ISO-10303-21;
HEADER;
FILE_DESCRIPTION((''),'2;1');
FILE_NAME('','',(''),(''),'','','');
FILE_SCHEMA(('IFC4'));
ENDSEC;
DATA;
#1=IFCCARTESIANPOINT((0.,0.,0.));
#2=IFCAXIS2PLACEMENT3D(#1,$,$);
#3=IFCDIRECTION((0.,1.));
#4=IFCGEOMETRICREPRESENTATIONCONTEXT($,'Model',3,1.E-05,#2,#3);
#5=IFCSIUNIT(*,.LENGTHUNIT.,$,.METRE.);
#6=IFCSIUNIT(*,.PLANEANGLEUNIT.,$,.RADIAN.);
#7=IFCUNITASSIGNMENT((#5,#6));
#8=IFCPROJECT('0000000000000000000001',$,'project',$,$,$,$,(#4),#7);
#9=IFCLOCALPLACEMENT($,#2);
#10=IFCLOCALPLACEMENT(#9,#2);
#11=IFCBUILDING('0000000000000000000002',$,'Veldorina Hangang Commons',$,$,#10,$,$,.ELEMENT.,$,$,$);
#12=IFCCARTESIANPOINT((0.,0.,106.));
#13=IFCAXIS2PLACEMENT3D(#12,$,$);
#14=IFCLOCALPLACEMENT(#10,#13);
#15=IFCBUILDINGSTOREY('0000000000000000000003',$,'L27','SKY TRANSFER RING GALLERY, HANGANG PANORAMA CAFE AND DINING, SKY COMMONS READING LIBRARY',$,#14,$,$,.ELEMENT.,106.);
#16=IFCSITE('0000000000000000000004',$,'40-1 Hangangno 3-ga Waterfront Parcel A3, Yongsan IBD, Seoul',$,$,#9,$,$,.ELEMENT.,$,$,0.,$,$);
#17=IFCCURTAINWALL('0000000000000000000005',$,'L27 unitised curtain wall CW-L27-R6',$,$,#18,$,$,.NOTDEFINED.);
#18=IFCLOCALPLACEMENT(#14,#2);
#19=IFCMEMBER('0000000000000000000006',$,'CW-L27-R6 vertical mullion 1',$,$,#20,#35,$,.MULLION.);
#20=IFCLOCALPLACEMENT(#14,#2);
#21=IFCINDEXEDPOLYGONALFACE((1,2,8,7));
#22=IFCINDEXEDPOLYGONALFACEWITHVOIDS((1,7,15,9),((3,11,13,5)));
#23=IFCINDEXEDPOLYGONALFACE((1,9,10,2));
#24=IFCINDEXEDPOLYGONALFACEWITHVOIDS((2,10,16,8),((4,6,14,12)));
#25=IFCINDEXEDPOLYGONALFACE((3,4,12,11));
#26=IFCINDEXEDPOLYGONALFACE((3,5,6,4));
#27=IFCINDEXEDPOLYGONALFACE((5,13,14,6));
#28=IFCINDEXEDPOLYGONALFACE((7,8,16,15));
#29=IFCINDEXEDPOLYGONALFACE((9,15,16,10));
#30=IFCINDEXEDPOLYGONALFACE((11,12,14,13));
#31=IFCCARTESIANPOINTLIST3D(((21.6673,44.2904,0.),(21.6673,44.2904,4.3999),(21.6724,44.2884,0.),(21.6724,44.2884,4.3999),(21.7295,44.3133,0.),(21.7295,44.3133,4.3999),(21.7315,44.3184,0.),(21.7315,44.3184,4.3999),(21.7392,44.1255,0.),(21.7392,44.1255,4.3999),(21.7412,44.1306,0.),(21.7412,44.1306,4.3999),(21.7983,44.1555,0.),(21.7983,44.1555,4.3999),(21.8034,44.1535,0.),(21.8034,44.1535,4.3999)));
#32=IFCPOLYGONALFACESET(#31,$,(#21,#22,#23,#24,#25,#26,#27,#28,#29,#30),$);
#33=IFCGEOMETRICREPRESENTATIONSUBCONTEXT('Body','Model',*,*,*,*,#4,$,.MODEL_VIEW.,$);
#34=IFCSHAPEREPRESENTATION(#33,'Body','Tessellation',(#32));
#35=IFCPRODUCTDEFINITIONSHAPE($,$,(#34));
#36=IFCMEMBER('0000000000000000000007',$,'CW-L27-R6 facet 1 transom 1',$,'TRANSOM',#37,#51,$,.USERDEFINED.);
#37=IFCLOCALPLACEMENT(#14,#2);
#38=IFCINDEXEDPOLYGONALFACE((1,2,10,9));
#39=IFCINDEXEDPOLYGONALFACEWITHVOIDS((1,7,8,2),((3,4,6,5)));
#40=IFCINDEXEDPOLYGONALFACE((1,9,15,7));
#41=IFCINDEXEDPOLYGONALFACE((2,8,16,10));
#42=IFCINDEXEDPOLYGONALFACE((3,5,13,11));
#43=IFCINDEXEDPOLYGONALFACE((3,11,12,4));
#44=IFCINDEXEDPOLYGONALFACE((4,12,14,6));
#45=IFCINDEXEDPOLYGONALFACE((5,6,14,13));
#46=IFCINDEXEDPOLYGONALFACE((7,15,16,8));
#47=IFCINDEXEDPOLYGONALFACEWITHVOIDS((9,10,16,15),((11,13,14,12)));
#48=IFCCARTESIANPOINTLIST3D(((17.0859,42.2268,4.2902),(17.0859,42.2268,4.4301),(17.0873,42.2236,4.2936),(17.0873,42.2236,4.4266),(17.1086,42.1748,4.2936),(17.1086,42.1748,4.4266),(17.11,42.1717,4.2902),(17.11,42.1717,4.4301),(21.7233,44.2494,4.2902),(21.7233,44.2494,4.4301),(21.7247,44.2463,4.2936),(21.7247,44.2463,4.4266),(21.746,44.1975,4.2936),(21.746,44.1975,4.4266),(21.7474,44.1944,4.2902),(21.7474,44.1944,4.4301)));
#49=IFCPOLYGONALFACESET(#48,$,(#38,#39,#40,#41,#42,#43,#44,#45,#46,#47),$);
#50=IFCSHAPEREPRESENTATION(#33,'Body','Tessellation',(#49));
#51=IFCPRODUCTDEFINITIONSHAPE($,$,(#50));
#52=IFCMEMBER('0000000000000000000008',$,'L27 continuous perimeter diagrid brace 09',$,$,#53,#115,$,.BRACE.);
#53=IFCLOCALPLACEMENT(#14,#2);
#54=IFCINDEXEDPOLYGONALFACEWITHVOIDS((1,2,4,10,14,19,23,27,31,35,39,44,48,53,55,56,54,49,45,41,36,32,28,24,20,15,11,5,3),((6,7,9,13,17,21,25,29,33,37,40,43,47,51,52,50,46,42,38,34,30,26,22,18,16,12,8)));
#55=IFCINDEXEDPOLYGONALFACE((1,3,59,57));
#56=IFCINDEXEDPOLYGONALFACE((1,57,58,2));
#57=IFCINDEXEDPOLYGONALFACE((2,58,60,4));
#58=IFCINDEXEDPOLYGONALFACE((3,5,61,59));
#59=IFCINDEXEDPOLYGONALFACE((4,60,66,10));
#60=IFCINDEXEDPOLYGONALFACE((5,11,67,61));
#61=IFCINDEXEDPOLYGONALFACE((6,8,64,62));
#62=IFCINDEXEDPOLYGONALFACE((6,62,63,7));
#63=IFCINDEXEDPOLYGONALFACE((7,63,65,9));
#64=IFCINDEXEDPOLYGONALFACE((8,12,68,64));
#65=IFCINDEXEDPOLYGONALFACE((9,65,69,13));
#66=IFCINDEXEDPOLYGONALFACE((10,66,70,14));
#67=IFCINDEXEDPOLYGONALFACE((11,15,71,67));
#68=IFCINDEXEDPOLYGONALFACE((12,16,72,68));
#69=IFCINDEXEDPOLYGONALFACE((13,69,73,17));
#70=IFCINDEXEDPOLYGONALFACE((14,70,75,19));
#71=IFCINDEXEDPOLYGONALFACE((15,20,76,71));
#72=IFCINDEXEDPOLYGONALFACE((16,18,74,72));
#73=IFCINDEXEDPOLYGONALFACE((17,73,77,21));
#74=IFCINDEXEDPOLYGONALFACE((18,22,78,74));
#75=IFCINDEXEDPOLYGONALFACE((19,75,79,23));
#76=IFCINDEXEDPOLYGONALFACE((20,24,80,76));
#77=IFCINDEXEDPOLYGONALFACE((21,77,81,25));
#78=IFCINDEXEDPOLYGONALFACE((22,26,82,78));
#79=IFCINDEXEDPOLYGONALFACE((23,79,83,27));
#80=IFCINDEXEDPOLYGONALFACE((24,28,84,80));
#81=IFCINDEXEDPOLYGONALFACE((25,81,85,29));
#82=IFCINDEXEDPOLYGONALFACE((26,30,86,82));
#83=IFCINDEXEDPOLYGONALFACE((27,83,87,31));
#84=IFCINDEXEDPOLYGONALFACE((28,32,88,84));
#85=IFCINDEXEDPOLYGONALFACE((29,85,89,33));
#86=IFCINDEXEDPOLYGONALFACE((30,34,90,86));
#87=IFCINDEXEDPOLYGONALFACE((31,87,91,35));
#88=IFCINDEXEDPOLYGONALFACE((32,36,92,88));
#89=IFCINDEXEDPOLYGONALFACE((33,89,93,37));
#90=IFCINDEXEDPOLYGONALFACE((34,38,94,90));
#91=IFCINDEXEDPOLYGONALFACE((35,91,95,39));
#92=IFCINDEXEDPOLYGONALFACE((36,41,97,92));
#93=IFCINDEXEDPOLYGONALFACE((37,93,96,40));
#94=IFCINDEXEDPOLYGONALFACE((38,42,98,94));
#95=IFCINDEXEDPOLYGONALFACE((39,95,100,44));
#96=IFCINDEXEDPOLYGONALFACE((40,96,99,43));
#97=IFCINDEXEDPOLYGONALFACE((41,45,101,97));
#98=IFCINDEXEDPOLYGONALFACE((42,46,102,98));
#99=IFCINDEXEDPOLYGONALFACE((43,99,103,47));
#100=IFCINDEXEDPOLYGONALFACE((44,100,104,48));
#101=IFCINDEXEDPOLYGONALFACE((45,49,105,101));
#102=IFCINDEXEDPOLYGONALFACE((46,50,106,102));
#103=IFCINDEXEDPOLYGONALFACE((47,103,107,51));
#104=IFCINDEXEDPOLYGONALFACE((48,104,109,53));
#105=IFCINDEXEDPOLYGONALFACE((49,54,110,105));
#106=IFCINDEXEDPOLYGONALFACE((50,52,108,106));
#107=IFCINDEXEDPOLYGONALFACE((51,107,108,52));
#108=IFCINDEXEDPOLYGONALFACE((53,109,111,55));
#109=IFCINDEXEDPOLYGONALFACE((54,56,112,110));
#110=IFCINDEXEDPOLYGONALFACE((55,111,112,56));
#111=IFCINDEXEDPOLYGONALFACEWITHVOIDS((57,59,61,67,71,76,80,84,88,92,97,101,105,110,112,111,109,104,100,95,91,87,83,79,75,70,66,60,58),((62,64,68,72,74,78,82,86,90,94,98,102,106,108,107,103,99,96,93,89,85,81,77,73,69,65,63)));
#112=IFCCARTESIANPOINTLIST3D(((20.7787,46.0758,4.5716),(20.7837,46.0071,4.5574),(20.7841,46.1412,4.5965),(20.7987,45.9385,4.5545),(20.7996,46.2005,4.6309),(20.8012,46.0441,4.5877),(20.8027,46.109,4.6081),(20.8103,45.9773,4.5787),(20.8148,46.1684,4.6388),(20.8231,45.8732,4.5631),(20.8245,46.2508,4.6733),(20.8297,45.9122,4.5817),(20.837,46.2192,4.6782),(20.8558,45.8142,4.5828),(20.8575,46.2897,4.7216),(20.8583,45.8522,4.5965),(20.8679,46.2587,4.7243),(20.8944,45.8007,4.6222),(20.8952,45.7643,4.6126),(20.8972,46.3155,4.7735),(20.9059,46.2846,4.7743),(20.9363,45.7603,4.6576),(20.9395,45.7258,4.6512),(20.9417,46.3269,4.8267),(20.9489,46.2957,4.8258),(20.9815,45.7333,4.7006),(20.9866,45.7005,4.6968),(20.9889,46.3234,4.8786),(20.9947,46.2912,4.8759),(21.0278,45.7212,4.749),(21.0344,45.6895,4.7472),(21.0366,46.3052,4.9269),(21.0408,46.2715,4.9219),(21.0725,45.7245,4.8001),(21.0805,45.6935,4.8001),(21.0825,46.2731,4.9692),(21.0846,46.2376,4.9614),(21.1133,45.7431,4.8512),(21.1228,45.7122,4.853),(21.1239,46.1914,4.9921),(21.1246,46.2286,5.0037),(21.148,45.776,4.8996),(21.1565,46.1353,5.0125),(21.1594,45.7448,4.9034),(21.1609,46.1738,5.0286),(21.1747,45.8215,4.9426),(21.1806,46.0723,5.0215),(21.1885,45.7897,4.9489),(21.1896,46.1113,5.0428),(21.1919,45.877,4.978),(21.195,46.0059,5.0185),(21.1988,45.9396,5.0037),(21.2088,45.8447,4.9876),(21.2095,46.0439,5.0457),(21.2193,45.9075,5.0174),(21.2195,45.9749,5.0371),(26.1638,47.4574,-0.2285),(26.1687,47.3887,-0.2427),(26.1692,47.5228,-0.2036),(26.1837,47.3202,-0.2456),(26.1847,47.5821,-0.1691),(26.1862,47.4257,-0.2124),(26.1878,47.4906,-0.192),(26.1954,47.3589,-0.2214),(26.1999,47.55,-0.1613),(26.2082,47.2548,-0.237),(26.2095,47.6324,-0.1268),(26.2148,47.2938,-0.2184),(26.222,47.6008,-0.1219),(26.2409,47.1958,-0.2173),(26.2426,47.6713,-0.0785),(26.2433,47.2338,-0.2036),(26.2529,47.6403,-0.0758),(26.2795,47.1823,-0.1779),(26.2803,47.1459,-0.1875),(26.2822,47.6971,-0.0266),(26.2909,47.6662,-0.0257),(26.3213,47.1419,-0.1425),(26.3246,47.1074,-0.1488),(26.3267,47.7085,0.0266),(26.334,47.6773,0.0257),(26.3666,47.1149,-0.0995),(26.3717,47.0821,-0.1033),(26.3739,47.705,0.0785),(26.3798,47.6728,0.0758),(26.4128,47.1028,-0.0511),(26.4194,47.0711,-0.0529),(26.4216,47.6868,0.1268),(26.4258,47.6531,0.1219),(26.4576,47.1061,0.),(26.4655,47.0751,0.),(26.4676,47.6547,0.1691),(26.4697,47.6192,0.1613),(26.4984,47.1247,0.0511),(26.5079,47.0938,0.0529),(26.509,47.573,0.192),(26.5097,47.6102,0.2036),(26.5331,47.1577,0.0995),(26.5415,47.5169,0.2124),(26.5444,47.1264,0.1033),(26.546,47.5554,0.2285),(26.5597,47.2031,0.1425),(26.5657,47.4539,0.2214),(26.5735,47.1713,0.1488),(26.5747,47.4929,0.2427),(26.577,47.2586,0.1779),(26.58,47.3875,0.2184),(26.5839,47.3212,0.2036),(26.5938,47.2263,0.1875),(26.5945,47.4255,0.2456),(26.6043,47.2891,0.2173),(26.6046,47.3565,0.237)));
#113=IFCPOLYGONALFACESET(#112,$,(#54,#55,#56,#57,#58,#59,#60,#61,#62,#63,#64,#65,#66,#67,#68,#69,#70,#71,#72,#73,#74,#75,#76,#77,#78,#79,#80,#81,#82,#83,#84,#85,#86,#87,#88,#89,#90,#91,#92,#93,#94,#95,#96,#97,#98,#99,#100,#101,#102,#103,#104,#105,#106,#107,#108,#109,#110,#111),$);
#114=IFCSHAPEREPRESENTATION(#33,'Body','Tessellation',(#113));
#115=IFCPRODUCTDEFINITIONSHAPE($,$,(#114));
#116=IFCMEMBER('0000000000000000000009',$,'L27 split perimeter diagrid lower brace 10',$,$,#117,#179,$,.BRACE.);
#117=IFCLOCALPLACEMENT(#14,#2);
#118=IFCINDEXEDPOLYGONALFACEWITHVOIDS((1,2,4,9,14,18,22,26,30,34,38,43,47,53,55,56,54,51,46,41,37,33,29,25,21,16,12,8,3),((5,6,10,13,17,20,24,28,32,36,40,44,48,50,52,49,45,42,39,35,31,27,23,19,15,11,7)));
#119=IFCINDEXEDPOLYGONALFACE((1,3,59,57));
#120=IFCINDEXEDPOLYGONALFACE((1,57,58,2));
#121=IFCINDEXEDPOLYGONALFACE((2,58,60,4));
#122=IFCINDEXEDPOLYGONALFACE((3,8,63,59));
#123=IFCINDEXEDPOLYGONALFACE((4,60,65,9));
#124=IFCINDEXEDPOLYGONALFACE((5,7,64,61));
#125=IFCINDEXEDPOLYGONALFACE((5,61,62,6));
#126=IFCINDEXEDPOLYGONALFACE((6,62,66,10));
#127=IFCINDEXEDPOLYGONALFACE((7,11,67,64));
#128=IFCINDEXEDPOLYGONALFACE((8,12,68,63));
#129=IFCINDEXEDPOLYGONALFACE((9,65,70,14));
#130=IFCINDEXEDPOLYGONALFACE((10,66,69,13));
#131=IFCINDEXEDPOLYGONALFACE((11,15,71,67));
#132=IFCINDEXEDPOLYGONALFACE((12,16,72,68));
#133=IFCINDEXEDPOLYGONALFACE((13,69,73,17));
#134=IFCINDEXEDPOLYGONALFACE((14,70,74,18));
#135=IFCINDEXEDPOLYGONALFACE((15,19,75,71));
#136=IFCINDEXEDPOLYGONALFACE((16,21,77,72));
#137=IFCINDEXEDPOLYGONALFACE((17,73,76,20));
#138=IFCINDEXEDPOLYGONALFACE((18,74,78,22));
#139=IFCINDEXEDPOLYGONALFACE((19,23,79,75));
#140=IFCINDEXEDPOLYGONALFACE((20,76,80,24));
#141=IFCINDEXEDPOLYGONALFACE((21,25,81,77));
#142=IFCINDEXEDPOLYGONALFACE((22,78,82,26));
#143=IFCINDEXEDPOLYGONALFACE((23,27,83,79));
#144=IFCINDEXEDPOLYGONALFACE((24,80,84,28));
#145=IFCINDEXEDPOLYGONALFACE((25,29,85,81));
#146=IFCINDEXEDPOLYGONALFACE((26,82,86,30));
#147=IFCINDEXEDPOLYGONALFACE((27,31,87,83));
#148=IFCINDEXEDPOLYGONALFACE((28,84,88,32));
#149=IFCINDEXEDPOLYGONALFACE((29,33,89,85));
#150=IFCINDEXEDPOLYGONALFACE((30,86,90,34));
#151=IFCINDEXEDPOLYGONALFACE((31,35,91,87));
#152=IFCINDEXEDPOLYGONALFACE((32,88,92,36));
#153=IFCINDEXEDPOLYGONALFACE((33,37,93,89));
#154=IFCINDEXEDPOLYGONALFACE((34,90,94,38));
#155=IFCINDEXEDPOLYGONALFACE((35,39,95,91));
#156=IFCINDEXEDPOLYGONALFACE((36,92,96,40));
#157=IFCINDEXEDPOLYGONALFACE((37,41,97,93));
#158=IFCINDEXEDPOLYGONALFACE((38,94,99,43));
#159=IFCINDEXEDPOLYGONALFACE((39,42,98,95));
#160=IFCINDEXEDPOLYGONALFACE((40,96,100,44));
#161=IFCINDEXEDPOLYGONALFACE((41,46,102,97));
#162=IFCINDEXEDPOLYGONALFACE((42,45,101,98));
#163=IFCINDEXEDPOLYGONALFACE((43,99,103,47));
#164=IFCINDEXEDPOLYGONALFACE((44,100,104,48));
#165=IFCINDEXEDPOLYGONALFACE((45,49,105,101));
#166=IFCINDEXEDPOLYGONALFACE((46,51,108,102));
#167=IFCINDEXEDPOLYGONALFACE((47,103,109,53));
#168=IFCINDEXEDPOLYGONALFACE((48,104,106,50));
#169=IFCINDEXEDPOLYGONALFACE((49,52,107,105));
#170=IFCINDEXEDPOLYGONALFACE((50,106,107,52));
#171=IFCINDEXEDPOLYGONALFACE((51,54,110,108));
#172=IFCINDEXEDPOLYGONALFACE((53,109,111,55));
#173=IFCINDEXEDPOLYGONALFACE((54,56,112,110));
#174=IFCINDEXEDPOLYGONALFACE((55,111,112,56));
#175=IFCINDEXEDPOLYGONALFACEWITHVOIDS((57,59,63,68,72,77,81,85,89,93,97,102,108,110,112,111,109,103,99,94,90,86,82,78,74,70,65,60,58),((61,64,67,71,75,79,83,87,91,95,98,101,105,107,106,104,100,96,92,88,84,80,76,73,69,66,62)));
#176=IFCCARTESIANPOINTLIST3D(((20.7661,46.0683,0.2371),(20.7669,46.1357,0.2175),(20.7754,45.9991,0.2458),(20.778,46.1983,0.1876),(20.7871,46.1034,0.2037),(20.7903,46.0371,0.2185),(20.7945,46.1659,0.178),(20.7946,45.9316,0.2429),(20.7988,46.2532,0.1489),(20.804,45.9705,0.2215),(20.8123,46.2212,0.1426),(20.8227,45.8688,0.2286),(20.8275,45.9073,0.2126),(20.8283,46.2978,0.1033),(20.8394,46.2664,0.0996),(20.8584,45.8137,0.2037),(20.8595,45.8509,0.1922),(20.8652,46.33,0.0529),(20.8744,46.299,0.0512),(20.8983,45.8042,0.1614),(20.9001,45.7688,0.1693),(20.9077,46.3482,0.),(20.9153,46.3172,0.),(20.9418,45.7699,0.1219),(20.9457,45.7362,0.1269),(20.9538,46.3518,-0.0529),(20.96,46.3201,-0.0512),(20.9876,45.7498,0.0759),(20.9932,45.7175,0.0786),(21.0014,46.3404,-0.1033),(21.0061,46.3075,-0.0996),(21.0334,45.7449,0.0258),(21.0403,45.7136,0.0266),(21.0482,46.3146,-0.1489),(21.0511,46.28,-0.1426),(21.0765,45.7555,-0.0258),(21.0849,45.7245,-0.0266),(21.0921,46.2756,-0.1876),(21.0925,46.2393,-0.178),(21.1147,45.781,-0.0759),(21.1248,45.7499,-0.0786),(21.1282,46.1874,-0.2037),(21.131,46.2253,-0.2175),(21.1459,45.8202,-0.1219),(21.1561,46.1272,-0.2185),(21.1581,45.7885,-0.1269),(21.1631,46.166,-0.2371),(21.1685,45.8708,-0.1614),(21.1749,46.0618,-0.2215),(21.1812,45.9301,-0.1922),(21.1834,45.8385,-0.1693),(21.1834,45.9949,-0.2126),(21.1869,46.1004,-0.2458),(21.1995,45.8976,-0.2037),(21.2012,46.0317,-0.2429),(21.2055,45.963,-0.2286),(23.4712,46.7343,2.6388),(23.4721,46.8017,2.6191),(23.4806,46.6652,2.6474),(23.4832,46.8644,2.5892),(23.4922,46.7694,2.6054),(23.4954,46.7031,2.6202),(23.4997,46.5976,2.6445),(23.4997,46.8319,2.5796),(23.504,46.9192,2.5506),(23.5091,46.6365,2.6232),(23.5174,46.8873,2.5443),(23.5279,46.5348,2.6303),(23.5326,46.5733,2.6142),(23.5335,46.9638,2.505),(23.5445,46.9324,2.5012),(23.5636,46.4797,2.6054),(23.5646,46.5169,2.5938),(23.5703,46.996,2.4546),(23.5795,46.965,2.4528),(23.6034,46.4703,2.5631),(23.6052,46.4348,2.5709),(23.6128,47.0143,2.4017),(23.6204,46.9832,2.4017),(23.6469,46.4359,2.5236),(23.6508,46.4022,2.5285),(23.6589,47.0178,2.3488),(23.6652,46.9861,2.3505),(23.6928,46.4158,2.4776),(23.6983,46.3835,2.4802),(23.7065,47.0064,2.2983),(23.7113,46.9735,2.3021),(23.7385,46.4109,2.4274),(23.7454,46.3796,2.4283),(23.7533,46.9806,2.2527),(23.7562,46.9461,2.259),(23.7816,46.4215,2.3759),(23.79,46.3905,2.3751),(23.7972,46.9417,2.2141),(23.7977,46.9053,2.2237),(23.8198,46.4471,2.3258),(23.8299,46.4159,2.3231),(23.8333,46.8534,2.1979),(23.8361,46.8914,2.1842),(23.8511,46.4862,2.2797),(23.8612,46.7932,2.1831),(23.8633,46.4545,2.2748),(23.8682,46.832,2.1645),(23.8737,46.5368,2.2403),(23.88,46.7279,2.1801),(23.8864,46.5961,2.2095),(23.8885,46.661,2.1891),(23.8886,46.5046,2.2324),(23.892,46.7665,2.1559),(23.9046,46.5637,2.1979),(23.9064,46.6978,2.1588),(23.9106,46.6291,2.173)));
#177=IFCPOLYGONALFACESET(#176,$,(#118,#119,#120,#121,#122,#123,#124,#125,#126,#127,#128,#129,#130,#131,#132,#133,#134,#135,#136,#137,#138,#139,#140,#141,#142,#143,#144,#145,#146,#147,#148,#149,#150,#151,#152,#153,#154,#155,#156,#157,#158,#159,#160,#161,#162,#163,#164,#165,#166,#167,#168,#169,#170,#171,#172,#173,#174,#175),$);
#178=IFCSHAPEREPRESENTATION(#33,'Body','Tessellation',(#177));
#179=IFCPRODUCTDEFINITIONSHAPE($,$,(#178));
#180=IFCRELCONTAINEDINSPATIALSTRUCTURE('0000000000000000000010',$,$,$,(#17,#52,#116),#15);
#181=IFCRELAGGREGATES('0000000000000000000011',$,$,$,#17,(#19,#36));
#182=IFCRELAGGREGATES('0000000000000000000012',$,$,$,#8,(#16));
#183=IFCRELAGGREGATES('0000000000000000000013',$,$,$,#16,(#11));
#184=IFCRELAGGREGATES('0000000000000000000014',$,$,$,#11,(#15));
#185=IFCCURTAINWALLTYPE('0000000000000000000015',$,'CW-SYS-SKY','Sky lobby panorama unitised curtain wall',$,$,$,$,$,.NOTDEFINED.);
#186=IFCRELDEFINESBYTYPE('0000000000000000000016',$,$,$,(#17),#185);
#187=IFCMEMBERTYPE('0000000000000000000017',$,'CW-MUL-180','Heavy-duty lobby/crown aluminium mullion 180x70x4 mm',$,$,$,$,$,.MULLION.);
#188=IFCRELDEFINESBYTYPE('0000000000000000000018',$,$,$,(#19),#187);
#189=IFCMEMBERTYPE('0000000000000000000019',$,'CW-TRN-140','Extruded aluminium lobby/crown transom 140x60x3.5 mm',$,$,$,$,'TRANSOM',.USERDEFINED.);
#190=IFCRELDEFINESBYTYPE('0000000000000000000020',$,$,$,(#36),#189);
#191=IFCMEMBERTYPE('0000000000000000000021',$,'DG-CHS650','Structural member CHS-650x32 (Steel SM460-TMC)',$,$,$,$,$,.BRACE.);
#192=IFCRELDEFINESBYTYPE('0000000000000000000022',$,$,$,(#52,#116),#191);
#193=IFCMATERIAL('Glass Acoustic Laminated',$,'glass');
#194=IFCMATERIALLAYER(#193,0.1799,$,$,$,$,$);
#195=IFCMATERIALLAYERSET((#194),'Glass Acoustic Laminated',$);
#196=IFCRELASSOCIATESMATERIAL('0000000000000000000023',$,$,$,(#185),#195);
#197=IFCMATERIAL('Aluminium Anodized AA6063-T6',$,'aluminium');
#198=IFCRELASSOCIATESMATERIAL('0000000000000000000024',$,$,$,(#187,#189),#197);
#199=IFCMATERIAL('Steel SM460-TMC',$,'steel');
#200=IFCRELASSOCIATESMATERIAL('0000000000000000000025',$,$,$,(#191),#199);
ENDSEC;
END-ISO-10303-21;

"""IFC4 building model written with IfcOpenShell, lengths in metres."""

from ifc_helpers import new_model, si_unit, direction, frame, origin, origin_2d, place, context, subcontext, project, spatial, hollow_rectangle, hollow_circle, extrude, material, layer, layer_set, material_profile, profile_set, type_object, element, aggregate, save


model = new_model("IFC4")

# Units and contexts
model_context = context("Model", 3, precision=1e-05, world=origin(), true_north=direction((0.0, 1.0)))
body_context = subcontext(model_context, "Body", "Model", "MODEL_VIEW")
ifc_project = project(units=[si_unit("LENGTHUNIT", "METRE"), si_unit("PLANEANGLEUNIT", "RADIAN")], contexts=[model_context])

# Site, building, storey
site_placement = place(None, origin())
site = spatial("IfcSite", under=ifc_project, at=site_placement, Name="40-1 Hangangno 3-ga Waterfront Parcel A3, Yongsan IBD, Seoul", CompositionType="ELEMENT", RefElevation=0.0)
building_placement = place(site_placement, origin())
building = spatial("IfcBuilding", under=site, at=building_placement, Name="Veldorina Hangang Commons", CompositionType="ELEMENT")
storey_placement = place(building_placement, frame((0.0, 0.0, 106.0)))
storey = spatial("IfcBuildingStorey", under=building, at=storey_placement, Name="L27", Description="SKY TRANSFER RING GALLERY, HANGANG PANORAMA CAFE AND DINING, SKY COMMONS READING LIBRARY", CompositionType="ELEMENT", Elevation=106.0)

# Shared definitions
ifc_material_1 = material(Name="Steel SM460-TMC", Category="steel")

# Shared definitions
ifc_material_2 = material(Name="Glass Acoustic Laminated", Category="glass")
ifc_layer_1 = layer(ifc_material_2, 0.1799)
ifc_layer_set_1 = layer_set([ifc_layer_1], Name="Glass Acoustic Laminated")
curtain_wall_type = type_object("IfcCurtainWallType", Name="CW-SYS-SKY", Description="Sky lobby panorama unitised curtain wall", PredefinedType="NOTDEFINED", material=ifc_layer_set_1)
ifc_material_3 = material(Name="Aluminium Anodized AA6063-T6", Category="aluminium")
ifc_material_profile_1 = material_profile(ifc_material_3, hollow_rectangle(XDim=0.0701, YDim=0.1799, WallThickness=0.0039, at=origin_2d()), Name="ALU-RHS-180x70x4")
ifc_profile_set_1 = profile_set([ifc_material_profile_1], Name="Aluminium Anodized AA6063-T6")
member_type_1 = type_object("IfcMemberType", Name="CW-MUL-180", Description="Heavy-duty lobby/crown aluminium mullion 180x70x4 mm", PredefinedType="MULLION", material=ifc_profile_set_1)

# Curtain wall, members
curtain_wall_1_placement = place(storey_placement, origin())
curtain_wall_1 = element("IfcCurtainWall", 1, at=curtain_wall_1_placement, inside=storey, type_object=curtain_wall_type, Name="L27 unitised curtain wall CW-L27-R6", PredefinedType="NOTDEFINED")
member_1_placement = place(storey_placement, frame((21.7354, 44.2219, 0.0), z_axis=(0.0, 0.0, 1.0), x_axis=(-0.9166, -0.399805, 0.0)))
member_1 = element("IfcMember", 2, at=member_1_placement, type_object=member_type_1, Name="CW-L27-R6 vertical mullion 1", PredefinedType="MULLION", context=body_context, shape_type="SweptSolid", body=[
    extrude(hollow_rectangle(XDim=0.0701, YDim=0.1799, WallThickness=0.0039, at=origin_2d()), origin(), (0.0, 0.0, 1.0), 4.3999),
])
ifc_material_profile_2 = material_profile(ifc_material_3, hollow_rectangle(XDim=0.0601, YDim=0.1399, WallThickness=0.0034, at=origin_2d()), Name="ALU-RHS-140x60x3.5")
ifc_profile_set_2 = profile_set([ifc_material_profile_2], Name="Aluminium Anodized AA6063-T6")
member_type_2 = type_object("IfcMemberType", Name="CW-TRN-140", Description="Extruded aluminium lobby/crown transom 140x60x3.5 mm", ElementType="TRANSOM", PredefinedType="USERDEFINED", material=ifc_profile_set_2)
member_2_placement = place(storey_placement, frame((21.7354, 44.2219, 4.3601), z_axis=(-0.916605, -0.399793, 0.0), x_axis=(0.399793, -0.916605, 0.0)))
member_2 = element("IfcMember", 3, at=member_2_placement, type_object=member_type_2, Name="CW-L27-R6 facet 1 transom 1", ObjectType="TRANSOM", PredefinedType="USERDEFINED", context=body_context, shape_type="SweptSolid", body=[
    extrude(hollow_rectangle(XDim=0.0601, YDim=0.1399, WallThickness=0.0034, at=origin_2d()), origin(), (0.0, 0.0, 1.0), 5.0593),
])

# Members
ifc_material_profile_3 = material_profile(ifc_material_1, hollow_circle(Radius=0.325, WallThickness=0.032, at=origin_2d()), Name="CHS-650x32")
ifc_profile_set_3 = profile_set([ifc_material_profile_3], Name="Steel SM460-TMC")
member_type_3 = type_object("IfcMemberType", Name="DG-CHS650", Description="Structural member CHS-650x32 (Steel SM460-TMC)", PredefinedType="BRACE", material=ifc_profile_set_3)
member_3_placement = place(storey_placement, frame((26.3848, 47.3899, 0.0), z_axis=(-0.733163, -0.188102, 0.653521), x_axis=(0.248514, -0.968628, 0.0)))
element("IfcMember", 4, at=member_3_placement, inside=storey, type_object=member_type_3, Name="L27 continuous perimeter diagrid brace 09", PredefinedType="BRACE", context=body_context, shape_type="SweptSolid", body=[
    extrude(hollow_circle(Radius=0.325, WallThickness=0.032, at=origin_2d()), origin(), (0.0, 0.0, 1.0), 7.345),
])
member_4_placement = place(storey_placement, frame((20.9854, 46.0327, 0.0), z_axis=(0.735446, 0.181074, 0.652941), x_axis=(-0.23907, 0.971002, 0.0)))
element("IfcMember", 5, at=member_4_placement, inside=storey, type_object=member_type_3, Name="L27 split perimeter diagrid lower brace 10", PredefinedType="BRACE", context=body_context, shape_type="SweptSolid", body=[
    extrude(hollow_circle(Radius=0.325, WallThickness=0.032, at=origin_2d()), origin(), (0.0, 0.0, 1.0), 3.6782),
])

aggregate(curtain_wall_1, [member_1, member_2])

save(model, "model.ifc")
